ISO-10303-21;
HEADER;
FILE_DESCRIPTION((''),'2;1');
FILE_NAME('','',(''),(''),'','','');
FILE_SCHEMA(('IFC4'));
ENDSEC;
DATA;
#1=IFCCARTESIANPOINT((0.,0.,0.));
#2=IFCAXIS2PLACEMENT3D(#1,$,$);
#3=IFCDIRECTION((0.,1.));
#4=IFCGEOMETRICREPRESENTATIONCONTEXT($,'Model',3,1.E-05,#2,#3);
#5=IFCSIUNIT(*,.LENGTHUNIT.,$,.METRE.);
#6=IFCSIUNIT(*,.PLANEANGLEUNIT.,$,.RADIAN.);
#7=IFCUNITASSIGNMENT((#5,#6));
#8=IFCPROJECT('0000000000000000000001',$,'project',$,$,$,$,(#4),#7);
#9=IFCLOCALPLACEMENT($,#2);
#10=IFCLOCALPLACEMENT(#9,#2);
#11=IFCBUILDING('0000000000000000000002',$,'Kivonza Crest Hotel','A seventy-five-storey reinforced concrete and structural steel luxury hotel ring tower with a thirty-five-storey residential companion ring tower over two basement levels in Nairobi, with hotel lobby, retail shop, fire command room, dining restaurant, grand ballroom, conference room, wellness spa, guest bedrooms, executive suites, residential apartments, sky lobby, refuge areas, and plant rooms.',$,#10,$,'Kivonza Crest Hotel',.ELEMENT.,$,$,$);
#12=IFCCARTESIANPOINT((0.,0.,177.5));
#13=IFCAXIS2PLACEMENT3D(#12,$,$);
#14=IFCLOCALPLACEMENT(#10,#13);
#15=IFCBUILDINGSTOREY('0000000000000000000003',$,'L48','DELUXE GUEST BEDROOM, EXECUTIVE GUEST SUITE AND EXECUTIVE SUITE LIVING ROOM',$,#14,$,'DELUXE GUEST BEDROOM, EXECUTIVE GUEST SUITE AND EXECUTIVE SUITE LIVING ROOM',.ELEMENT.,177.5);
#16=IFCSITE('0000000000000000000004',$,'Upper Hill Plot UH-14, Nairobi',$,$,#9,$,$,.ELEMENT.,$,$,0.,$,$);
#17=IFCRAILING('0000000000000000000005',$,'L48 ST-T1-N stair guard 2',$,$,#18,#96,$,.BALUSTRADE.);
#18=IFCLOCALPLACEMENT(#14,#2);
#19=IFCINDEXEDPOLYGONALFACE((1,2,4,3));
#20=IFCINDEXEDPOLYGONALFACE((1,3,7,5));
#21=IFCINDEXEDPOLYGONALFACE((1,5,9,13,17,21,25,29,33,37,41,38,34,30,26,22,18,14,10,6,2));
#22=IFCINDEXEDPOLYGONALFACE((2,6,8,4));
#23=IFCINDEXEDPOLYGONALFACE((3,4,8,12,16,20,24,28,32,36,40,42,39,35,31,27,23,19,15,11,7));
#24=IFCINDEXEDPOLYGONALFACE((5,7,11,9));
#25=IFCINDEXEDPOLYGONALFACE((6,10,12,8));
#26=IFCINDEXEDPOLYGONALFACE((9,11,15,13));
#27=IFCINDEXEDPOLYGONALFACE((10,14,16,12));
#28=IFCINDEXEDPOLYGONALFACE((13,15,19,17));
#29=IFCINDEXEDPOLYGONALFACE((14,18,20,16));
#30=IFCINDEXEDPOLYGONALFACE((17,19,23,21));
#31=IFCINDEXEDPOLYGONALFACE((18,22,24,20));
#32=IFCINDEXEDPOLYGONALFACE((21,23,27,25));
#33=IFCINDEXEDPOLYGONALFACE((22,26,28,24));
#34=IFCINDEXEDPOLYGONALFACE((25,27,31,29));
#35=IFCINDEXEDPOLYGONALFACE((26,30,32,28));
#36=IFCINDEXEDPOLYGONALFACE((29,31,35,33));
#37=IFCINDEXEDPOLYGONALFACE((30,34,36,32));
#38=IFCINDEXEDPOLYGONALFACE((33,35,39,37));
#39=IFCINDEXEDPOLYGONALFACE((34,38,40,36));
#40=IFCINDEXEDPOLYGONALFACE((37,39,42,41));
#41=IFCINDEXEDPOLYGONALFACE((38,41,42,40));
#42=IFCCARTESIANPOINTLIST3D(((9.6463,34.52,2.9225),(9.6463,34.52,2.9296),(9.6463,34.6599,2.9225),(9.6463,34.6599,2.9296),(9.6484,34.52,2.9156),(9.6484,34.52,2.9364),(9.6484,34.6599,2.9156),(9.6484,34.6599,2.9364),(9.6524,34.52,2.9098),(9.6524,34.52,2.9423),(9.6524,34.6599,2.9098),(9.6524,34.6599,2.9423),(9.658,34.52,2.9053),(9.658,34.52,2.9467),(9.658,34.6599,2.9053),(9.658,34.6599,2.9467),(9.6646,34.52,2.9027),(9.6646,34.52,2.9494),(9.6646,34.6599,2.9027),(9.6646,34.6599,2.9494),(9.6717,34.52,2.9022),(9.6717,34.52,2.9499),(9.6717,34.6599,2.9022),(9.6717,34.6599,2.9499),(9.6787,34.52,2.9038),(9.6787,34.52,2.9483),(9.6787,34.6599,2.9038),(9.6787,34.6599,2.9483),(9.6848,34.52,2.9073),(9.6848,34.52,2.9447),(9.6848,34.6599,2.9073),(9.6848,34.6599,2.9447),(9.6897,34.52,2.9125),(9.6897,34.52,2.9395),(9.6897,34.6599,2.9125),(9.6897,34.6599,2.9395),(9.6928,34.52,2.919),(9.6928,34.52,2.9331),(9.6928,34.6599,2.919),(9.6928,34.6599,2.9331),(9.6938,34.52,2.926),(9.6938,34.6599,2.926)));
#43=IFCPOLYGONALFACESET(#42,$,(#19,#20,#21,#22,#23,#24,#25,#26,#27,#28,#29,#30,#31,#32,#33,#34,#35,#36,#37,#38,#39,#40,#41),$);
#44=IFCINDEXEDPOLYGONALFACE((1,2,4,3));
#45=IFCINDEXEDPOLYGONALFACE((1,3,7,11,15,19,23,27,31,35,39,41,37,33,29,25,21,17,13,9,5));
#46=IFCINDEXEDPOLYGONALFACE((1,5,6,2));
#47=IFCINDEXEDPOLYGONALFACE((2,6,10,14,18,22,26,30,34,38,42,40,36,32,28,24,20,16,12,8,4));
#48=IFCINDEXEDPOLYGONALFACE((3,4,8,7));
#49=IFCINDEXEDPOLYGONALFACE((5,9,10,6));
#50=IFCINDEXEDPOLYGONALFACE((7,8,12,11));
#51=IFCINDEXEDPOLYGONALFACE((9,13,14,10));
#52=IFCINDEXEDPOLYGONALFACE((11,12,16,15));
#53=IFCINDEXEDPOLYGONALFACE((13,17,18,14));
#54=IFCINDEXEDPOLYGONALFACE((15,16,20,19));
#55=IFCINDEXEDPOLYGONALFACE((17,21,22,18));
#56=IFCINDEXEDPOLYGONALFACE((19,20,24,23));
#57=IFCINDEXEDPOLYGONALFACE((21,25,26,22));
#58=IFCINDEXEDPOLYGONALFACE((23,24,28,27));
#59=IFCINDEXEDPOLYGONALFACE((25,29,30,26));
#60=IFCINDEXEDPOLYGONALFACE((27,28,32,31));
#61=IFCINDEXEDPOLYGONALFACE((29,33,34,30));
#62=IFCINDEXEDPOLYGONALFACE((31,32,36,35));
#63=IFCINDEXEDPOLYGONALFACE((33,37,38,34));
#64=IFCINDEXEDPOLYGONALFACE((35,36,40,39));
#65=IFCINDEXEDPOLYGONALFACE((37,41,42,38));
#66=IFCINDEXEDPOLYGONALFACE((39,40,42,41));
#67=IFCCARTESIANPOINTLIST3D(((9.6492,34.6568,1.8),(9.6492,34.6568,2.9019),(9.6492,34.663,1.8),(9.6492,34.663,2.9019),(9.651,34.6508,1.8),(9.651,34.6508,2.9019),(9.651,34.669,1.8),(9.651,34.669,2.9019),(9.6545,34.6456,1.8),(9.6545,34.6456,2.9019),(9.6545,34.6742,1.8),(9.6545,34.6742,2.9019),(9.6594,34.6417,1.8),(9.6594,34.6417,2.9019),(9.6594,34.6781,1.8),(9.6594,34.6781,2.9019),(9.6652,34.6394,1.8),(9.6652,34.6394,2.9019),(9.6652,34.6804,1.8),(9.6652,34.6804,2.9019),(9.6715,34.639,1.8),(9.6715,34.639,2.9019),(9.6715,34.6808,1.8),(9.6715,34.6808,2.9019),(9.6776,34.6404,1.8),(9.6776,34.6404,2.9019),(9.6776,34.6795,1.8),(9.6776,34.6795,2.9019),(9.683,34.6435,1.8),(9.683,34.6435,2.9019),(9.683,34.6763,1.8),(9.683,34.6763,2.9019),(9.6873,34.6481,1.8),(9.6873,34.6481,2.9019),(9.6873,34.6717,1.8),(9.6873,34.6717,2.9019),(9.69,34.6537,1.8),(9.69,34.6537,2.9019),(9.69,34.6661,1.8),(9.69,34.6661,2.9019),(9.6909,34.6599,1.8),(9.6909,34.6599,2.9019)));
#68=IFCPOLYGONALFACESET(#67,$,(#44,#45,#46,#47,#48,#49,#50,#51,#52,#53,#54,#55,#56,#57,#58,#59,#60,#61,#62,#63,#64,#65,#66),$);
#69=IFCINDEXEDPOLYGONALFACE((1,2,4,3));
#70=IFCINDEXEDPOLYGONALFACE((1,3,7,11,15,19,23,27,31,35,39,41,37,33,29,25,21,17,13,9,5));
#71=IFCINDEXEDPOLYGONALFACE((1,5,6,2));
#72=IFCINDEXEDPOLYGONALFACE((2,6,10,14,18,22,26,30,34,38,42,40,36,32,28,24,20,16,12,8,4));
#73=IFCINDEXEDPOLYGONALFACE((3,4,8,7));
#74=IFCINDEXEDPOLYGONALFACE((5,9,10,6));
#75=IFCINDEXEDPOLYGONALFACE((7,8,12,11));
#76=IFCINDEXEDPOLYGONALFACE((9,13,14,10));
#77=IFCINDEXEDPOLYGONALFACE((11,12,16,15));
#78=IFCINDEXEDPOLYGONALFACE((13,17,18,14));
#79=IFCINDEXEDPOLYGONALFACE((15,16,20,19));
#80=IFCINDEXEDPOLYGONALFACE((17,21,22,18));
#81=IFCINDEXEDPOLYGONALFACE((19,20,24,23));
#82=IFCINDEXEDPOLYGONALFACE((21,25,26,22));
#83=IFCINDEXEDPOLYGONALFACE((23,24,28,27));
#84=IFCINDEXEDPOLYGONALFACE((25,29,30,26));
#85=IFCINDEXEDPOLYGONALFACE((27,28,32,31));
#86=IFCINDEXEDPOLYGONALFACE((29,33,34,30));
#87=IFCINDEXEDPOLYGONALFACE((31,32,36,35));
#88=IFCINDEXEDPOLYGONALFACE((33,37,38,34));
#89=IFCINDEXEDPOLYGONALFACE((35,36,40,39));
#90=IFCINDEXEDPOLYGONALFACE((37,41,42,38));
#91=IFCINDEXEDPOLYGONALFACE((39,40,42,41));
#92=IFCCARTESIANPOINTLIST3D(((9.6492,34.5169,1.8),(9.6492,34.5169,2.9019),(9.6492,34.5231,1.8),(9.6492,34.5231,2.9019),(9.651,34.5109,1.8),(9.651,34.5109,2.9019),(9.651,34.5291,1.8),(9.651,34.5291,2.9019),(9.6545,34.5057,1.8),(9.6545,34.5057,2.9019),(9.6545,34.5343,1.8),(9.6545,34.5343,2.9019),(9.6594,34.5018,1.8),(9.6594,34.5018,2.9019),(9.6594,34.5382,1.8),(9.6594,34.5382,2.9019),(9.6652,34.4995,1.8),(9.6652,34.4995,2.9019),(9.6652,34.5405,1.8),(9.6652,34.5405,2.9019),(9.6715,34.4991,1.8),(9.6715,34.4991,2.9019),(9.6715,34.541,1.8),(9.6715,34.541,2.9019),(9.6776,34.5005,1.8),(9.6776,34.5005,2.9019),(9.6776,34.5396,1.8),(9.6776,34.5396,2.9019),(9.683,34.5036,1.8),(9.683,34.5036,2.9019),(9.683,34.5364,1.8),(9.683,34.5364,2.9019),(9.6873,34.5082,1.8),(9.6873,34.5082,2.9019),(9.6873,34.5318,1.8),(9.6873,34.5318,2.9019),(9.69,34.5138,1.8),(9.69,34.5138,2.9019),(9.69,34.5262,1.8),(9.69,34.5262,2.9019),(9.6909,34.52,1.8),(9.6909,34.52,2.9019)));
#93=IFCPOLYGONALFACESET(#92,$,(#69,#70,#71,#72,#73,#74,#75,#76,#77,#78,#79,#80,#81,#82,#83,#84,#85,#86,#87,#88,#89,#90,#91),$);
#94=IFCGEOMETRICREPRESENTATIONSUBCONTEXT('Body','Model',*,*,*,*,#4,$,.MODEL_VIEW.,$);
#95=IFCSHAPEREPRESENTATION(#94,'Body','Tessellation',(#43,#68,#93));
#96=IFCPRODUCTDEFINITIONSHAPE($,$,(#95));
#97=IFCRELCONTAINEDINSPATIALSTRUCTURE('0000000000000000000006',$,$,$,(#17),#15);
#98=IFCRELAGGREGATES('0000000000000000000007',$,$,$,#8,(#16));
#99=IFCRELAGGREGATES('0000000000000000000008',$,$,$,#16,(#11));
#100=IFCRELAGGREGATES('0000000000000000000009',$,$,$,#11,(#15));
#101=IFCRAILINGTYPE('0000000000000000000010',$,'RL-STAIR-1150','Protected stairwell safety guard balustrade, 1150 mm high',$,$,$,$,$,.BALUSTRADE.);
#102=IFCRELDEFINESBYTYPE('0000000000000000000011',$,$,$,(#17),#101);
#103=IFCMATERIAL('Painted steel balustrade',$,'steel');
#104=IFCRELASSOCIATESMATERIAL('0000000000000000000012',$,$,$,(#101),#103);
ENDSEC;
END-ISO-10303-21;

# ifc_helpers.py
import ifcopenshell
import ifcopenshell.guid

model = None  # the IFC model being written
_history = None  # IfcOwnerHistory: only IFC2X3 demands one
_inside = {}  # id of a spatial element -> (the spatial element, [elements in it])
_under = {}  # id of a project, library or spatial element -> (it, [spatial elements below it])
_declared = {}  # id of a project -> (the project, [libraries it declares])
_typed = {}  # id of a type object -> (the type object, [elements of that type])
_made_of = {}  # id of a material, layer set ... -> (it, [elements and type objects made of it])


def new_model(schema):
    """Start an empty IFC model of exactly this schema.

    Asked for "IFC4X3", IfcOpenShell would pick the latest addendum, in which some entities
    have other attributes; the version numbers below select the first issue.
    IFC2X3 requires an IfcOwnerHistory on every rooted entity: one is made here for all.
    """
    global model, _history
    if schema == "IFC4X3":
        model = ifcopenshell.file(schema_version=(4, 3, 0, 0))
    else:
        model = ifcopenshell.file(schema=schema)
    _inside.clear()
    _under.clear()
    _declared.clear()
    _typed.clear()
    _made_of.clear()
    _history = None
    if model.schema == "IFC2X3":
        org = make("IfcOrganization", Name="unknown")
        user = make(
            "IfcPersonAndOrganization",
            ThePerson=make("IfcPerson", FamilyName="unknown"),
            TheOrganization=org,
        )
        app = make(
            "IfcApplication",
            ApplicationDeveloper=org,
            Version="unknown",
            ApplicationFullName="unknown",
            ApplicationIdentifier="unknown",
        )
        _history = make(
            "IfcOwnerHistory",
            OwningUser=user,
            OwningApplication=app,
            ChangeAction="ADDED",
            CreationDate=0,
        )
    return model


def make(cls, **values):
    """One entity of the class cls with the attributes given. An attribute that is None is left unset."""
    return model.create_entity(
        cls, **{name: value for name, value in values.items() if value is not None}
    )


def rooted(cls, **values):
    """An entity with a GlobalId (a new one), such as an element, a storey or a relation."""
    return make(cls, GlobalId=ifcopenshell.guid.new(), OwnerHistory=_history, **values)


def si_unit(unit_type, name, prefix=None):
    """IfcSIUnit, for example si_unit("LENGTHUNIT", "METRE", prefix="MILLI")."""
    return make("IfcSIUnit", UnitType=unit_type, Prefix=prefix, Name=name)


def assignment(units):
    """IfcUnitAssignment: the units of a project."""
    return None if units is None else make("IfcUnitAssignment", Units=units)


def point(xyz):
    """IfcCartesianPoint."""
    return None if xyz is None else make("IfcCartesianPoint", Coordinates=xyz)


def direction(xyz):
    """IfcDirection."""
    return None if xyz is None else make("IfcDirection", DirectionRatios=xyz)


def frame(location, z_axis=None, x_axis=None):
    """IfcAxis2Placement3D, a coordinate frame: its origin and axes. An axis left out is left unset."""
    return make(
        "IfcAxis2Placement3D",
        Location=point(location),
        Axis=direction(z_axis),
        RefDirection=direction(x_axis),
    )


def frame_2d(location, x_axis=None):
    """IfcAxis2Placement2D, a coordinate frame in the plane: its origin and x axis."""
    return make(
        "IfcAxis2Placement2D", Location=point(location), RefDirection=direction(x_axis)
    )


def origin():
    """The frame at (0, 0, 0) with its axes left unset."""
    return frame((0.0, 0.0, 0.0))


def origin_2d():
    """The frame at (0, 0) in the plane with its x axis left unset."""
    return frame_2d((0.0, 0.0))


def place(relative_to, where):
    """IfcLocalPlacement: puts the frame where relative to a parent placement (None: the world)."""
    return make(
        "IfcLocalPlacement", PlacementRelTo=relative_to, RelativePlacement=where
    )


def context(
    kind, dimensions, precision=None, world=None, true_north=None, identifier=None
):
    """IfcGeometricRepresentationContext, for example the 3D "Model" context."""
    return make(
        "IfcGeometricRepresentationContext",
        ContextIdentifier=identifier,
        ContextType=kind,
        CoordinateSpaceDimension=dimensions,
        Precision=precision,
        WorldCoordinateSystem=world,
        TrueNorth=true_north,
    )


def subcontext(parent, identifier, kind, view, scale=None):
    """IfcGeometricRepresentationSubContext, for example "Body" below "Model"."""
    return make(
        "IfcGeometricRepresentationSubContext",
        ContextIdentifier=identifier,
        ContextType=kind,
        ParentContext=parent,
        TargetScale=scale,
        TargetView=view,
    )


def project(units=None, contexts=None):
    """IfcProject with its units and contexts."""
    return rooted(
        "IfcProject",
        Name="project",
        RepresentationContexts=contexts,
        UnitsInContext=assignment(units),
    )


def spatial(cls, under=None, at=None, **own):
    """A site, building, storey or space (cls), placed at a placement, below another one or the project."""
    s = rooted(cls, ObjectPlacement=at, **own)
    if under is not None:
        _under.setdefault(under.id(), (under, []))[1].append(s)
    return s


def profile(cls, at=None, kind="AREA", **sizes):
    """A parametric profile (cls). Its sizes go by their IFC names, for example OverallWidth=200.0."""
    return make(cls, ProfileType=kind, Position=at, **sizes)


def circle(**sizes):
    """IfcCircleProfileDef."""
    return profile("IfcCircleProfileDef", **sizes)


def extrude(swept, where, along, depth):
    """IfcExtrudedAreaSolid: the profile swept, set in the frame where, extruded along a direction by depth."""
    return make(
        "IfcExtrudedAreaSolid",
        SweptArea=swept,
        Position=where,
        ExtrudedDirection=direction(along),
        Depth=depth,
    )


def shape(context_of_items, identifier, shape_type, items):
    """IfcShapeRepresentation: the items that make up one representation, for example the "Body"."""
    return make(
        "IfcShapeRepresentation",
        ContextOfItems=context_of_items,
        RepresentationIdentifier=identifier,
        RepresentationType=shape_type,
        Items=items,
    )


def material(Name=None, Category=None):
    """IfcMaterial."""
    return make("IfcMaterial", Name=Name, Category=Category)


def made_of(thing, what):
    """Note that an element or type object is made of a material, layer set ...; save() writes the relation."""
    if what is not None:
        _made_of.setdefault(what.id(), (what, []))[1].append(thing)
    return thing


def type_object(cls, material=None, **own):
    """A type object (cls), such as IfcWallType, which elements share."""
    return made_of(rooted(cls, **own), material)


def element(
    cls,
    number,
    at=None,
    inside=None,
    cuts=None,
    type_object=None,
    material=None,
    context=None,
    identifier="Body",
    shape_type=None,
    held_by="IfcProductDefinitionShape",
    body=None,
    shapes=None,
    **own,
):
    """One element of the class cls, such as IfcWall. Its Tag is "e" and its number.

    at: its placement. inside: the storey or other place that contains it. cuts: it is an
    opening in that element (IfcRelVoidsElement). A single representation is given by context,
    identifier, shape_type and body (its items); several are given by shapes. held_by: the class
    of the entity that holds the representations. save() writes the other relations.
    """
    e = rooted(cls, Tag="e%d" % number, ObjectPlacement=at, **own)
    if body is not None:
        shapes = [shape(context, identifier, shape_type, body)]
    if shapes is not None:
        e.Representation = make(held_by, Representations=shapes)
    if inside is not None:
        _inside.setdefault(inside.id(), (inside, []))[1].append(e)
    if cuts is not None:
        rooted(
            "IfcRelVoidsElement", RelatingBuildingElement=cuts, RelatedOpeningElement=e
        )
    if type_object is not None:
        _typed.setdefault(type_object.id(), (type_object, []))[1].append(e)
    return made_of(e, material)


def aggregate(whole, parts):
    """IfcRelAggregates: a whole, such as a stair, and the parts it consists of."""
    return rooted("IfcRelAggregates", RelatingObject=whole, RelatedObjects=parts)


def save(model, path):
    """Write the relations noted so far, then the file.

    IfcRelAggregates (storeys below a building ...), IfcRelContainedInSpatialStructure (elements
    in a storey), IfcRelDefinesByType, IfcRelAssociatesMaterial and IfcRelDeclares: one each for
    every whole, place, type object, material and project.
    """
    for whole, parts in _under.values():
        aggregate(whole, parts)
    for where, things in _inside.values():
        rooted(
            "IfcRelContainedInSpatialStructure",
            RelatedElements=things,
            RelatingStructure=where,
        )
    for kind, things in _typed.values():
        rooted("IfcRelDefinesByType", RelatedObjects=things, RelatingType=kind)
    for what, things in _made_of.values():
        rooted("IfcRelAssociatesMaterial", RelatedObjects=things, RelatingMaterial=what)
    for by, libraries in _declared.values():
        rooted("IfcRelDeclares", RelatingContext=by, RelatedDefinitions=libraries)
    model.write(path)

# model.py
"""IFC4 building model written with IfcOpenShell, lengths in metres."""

from ifc_helpers import new_model, si_unit, direction, frame, origin, origin_2d, place, context, subcontext, project, spatial, circle, extrude, material, type_object, element, save


model = new_model("IFC4")

# Units and contexts
model_context = context("Model", 3, precision=1e-05, world=origin(), true_north=direction((0.0, 1.0)))
body_context = subcontext(model_context, "Body", "Model", "MODEL_VIEW")
ifc_project = project(units=[si_unit("LENGTHUNIT", "METRE"), si_unit("PLANEANGLEUNIT", "RADIAN")], contexts=[model_context])

# Site, building, storey
site_placement = place(None, origin())
site = spatial("IfcSite", under=ifc_project, at=site_placement, Name="Upper Hill Plot UH-14, Nairobi", CompositionType="ELEMENT", RefElevation=0.0)
building_placement = place(site_placement, origin())
building = spatial("IfcBuilding", under=site, at=building_placement, Name="Kivonza Crest Hotel", Description="A seventy-five-storey reinforced concrete and structural steel luxury hotel ring tower with a thirty-five-storey residential companion ring tower over two basement levels in Nairobi, with hotel lobby, retail shop, fire command room, dining restaurant, grand ballroom, conference room, wellness spa, guest bedrooms, executive suites, residential apartments, sky lobby, refuge areas, and plant rooms.", LongName="Kivonza Crest Hotel", CompositionType="ELEMENT")
storey_placement = place(building_placement, frame((0.0, 0.0, 177.5)))
storey = spatial("IfcBuildingStorey", under=building, at=storey_placement, Name="L48", Description="DELUXE GUEST BEDROOM, EXECUTIVE GUEST SUITE AND EXECUTIVE SUITE LIVING ROOM", LongName="DELUXE GUEST BEDROOM, EXECUTIVE GUEST SUITE AND EXECUTIVE SUITE LIVING ROOM", CompositionType="ELEMENT", Elevation=177.5)

# Railing
ifc_material_1 = material(Name="Painted steel balustrade", Category="steel")
railing_type_1 = type_object("IfcRailingType", Name="RL-STAIR-1150", Description="Protected stairwell safety guard balustrade, 1150 mm high", PredefinedType="BALUSTRADE", material=ifc_material_1)
railing_1_placement = place(storey_placement, frame((9.6699, 34.6599, 1.8)))
element("IfcRailing", 1, at=railing_1_placement, inside=storey, type_object=railing_type_1, Name="L48 ST-T1-N stair guard 2", PredefinedType="BALUSTRADE", context=body_context, shape_type="SweptSolid", body=[
    extrude(circle(Radius=0.0239, at=origin_2d()), frame((0.0, 0.0, 1.126), z_axis=(0.0, -1.0, 0.0), x_axis=(1.0, 0.0, 0.0)), (0.0, 0.0, 1.0), 0.1399),
    extrude(circle(Radius=0.021, at=origin_2d()), origin(), (0.0, 0.0, 1.0), 1.1018),
    extrude(circle(Radius=0.021, at=origin_2d()), frame((0.0, -0.1399, 0.0)), (0.0, 0.0, 1.0), 1.1018),
])

save(model, "model.ifc")
